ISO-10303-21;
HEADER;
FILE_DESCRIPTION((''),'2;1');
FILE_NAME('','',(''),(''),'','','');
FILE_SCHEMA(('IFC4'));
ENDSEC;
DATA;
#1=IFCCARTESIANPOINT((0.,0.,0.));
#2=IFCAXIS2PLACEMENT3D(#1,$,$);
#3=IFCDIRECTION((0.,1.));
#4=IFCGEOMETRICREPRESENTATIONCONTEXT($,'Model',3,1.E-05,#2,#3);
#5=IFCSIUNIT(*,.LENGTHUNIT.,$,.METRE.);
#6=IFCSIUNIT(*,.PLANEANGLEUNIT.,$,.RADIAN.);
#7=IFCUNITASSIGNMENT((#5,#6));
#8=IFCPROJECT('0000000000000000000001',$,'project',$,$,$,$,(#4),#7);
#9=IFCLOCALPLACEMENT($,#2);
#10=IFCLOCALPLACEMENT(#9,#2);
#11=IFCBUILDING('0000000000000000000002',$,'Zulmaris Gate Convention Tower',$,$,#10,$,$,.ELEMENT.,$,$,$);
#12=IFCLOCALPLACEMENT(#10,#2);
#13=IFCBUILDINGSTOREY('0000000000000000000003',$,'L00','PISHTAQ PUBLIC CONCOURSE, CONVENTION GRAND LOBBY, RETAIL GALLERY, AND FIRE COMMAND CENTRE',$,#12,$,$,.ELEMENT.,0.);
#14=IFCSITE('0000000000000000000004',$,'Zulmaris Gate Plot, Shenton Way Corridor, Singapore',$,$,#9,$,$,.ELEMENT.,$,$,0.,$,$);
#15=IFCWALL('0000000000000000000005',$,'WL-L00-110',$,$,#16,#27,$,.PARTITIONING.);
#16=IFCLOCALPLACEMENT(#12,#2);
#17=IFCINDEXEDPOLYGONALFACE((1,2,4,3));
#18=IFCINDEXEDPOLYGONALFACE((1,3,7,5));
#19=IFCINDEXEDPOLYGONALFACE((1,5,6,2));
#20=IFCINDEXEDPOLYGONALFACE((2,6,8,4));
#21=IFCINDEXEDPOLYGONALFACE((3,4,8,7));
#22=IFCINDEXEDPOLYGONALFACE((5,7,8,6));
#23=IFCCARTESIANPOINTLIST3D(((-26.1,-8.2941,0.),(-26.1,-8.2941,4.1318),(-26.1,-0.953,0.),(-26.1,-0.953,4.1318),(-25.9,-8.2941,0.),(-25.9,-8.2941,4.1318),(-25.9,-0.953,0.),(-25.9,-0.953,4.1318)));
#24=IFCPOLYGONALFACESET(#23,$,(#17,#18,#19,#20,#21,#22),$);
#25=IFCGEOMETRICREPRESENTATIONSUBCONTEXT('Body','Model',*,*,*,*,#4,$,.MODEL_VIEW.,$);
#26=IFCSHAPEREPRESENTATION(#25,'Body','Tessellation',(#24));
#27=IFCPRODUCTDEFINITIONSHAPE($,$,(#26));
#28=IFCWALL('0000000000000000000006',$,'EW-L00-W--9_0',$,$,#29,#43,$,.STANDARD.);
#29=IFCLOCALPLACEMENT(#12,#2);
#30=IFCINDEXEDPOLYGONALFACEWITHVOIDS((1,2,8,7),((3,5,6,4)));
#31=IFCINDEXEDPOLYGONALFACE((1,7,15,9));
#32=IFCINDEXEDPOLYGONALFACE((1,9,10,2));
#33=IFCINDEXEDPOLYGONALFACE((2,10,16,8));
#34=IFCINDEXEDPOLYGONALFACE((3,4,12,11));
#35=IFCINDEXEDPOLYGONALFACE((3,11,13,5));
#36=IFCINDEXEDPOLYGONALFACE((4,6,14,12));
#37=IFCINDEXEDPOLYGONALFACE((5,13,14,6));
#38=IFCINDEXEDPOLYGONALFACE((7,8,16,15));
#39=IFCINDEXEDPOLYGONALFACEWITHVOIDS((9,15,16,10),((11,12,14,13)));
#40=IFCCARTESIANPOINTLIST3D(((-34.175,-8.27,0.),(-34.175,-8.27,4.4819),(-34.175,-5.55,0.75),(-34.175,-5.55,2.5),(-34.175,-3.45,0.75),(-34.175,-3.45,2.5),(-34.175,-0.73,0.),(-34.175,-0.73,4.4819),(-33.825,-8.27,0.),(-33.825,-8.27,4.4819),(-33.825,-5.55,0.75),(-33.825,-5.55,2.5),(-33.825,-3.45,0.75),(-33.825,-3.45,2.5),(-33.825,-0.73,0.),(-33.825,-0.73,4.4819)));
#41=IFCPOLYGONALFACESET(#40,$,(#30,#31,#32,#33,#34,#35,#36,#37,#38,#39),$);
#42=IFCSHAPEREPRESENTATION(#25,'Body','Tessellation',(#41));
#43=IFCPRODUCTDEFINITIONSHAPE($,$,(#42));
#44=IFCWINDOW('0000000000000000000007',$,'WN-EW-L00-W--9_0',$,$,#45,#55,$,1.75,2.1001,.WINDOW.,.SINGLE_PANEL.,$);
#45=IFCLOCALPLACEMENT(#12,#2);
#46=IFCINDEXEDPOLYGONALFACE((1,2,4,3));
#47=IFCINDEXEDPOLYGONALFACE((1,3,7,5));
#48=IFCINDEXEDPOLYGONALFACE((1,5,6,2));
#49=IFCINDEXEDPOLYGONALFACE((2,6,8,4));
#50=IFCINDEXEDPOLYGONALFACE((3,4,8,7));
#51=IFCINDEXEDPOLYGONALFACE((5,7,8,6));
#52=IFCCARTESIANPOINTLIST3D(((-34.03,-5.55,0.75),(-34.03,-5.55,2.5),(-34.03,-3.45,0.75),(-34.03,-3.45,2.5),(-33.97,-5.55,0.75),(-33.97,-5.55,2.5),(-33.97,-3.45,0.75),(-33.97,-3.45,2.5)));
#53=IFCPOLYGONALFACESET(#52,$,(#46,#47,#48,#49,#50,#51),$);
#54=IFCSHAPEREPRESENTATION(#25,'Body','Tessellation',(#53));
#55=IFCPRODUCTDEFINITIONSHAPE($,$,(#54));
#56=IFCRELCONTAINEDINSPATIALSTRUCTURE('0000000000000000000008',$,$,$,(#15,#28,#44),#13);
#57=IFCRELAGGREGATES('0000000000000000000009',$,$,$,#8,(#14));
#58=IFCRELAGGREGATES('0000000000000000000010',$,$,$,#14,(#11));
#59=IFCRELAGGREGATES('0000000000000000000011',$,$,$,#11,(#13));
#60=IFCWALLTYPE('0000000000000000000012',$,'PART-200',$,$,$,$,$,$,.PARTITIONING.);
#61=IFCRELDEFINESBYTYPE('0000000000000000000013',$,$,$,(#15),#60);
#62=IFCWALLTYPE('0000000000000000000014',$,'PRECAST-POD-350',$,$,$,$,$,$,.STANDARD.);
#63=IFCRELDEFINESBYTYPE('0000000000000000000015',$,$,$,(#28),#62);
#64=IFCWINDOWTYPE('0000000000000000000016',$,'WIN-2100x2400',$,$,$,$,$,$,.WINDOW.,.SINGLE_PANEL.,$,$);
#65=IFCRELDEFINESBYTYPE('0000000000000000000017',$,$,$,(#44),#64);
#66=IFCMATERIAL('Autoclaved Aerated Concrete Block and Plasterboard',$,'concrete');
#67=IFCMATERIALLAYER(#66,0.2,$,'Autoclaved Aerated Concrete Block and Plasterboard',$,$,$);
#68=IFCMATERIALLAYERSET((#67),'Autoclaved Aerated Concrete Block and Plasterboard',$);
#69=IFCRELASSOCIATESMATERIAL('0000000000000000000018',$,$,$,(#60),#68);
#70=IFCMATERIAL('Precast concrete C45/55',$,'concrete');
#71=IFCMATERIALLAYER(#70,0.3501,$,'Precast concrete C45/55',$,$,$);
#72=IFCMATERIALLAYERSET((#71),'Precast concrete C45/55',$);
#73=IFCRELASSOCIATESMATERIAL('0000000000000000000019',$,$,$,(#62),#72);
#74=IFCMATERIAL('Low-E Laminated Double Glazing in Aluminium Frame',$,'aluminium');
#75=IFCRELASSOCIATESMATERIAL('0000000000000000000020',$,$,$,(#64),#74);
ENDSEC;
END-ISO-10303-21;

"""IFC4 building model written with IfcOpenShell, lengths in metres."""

from ifc_helpers import new_model, si_unit, direction, frame, frame_2d, origin, place, context, subcontext, project, spatial, rectangle, extrude, material, layer, layer_set, type_object, element, fill, save


model = new_model("IFC4")

# Units and contexts
model_context = context("Model", 3, precision=1e-05, world=origin(), true_north=direction((0.0, 1.0)))
body_context = subcontext(model_context, "Body", "Model", "MODEL_VIEW")
ifc_project = project(units=[si_unit("LENGTHUNIT", "METRE"), si_unit("PLANEANGLEUNIT", "RADIAN")], contexts=[model_context])

# Site, building, storey
site_placement = place(None, origin())
site = spatial("IfcSite", under=ifc_project, at=site_placement, Name="Zulmaris Gate Plot, Shenton Way Corridor, Singapore", CompositionType="ELEMENT", RefElevation=0.0)
building_placement = place(site_placement, origin())
building = spatial("IfcBuilding", under=site, at=building_placement, Name="Zulmaris Gate Convention Tower", CompositionType="ELEMENT")
storey_placement = place(building_placement, origin())
storey = spatial("IfcBuildingStorey", under=building, at=storey_placement, Name="L00", Description="PISHTAQ PUBLIC CONCOURSE, CONVENTION GRAND LOBBY, RETAIL GALLERY, AND FIRE COMMAND CENTRE", CompositionType="ELEMENT", Elevation=0.0)

# Shared definitions
ifc_material_1 = material(Name="Autoclaved Aerated Concrete Block and Plasterboard", Category="concrete")
ifc_layer_1 = layer(ifc_material_1, 0.2, Name="Autoclaved Aerated Concrete Block and Plasterboard")
ifc_layer_set_1 = layer_set([ifc_layer_1], Name="Autoclaved Aerated Concrete Block and Plasterboard")
wall_type_1 = type_object("IfcWallType", Name="PART-200", PredefinedType="PARTITIONING", material=ifc_layer_set_1)

# Wall
wall_1_placement = place(storey_placement, frame((-26.0, -8.2939, 0.0), z_axis=(0.0, 0.0, 1.0), x_axis=(0.0, 1.0, 0.0)))
element("IfcWall", 1, at=wall_1_placement, inside=storey, type_object=wall_type_1, Name="WL-L00-110", PredefinedType="PARTITIONING", context=body_context, shape_type="SweptSolid", body=[
    extrude(rectangle(XDim=7.3411, YDim=0.2, at=frame_2d((3.6704, 0.0))), origin(), (0.0, 0.0, 1.0), 4.1318),
])

# Wall, opening, window
ifc_material_2 = material(Name="Precast concrete C45/55", Category="concrete")
ifc_layer_2 = layer(ifc_material_2, 0.3501, Name="Precast concrete C45/55")
ifc_layer_set_2 = layer_set([ifc_layer_2], Name="Precast concrete C45/55")
wall_type_2 = type_object("IfcWallType", Name="PRECAST-POD-350", PredefinedType="STANDARD", material=ifc_layer_set_2)
wall_2_placement = place(storey_placement, frame((-34.0, -8.27, 0.0), z_axis=(0.0, 0.0, 1.0), x_axis=(0.0, 1.0, 0.0)))
wall_2 = element("IfcWall", 2, at=wall_2_placement, inside=storey, type_object=wall_type_2, Name="EW-L00-W--9_0", PredefinedType="STANDARD", context=body_context, shape_type="SweptSolid", body=[
    extrude(rectangle(XDim=7.54, YDim=0.3501, at=frame_2d((3.77, 0.0))), origin(), (0.0, 0.0, 1.0), 4.4819),
])
opening_1_placement = place(wall_2_placement, frame((2.72, 0.0, 0.75)))
opening_1 = element("IfcOpeningElement", 3, at=opening_1_placement, cuts=wall_2, PredefinedType="OPENING", context=body_context, shape_type="SweptSolid", body=[
    extrude(rectangle(XDim=2.1001, YDim=1.75, at=frame_2d((1.05, 0.875))), frame((0.0, 0.1851, 0.0), z_axis=(0.0, -1.0, 0.0), x_axis=(1.0, 0.0, 0.0)), (0.0, 0.0, 1.0), 0.3701),
])
ifc_material_3 = material(Name="Low-E Laminated Double Glazing in Aluminium Frame", Category="aluminium")
window_type = type_object("IfcWindowType", Name="WIN-2100x2400", PartitioningType="SINGLE_PANEL", PredefinedType="WINDOW", material=ifc_material_3)
window_placement = place(opening_1_placement, origin())
window = element("IfcWindow", 4, at=window_placement, inside=storey, type_object=window_type, Name="WN-EW-L00-W--9_0", OverallHeight=1.75, OverallWidth=2.1001, PartitioningType="SINGLE_PANEL", PredefinedType="WINDOW", context=body_context, shape_type="SweptSolid", body=[
    extrude(rectangle(XDim=2.1001, YDim=1.75, at=frame_2d((1.05, 0.875))), frame((0.0, 0.03, 0.0), z_axis=(0.0, -1.0, 0.0), x_axis=(1.0, 0.0, 0.0)), (0.0, 0.0, 1.0), 0.0601),
])
fill(opening_1, window)

save(model, "model.ifc")
